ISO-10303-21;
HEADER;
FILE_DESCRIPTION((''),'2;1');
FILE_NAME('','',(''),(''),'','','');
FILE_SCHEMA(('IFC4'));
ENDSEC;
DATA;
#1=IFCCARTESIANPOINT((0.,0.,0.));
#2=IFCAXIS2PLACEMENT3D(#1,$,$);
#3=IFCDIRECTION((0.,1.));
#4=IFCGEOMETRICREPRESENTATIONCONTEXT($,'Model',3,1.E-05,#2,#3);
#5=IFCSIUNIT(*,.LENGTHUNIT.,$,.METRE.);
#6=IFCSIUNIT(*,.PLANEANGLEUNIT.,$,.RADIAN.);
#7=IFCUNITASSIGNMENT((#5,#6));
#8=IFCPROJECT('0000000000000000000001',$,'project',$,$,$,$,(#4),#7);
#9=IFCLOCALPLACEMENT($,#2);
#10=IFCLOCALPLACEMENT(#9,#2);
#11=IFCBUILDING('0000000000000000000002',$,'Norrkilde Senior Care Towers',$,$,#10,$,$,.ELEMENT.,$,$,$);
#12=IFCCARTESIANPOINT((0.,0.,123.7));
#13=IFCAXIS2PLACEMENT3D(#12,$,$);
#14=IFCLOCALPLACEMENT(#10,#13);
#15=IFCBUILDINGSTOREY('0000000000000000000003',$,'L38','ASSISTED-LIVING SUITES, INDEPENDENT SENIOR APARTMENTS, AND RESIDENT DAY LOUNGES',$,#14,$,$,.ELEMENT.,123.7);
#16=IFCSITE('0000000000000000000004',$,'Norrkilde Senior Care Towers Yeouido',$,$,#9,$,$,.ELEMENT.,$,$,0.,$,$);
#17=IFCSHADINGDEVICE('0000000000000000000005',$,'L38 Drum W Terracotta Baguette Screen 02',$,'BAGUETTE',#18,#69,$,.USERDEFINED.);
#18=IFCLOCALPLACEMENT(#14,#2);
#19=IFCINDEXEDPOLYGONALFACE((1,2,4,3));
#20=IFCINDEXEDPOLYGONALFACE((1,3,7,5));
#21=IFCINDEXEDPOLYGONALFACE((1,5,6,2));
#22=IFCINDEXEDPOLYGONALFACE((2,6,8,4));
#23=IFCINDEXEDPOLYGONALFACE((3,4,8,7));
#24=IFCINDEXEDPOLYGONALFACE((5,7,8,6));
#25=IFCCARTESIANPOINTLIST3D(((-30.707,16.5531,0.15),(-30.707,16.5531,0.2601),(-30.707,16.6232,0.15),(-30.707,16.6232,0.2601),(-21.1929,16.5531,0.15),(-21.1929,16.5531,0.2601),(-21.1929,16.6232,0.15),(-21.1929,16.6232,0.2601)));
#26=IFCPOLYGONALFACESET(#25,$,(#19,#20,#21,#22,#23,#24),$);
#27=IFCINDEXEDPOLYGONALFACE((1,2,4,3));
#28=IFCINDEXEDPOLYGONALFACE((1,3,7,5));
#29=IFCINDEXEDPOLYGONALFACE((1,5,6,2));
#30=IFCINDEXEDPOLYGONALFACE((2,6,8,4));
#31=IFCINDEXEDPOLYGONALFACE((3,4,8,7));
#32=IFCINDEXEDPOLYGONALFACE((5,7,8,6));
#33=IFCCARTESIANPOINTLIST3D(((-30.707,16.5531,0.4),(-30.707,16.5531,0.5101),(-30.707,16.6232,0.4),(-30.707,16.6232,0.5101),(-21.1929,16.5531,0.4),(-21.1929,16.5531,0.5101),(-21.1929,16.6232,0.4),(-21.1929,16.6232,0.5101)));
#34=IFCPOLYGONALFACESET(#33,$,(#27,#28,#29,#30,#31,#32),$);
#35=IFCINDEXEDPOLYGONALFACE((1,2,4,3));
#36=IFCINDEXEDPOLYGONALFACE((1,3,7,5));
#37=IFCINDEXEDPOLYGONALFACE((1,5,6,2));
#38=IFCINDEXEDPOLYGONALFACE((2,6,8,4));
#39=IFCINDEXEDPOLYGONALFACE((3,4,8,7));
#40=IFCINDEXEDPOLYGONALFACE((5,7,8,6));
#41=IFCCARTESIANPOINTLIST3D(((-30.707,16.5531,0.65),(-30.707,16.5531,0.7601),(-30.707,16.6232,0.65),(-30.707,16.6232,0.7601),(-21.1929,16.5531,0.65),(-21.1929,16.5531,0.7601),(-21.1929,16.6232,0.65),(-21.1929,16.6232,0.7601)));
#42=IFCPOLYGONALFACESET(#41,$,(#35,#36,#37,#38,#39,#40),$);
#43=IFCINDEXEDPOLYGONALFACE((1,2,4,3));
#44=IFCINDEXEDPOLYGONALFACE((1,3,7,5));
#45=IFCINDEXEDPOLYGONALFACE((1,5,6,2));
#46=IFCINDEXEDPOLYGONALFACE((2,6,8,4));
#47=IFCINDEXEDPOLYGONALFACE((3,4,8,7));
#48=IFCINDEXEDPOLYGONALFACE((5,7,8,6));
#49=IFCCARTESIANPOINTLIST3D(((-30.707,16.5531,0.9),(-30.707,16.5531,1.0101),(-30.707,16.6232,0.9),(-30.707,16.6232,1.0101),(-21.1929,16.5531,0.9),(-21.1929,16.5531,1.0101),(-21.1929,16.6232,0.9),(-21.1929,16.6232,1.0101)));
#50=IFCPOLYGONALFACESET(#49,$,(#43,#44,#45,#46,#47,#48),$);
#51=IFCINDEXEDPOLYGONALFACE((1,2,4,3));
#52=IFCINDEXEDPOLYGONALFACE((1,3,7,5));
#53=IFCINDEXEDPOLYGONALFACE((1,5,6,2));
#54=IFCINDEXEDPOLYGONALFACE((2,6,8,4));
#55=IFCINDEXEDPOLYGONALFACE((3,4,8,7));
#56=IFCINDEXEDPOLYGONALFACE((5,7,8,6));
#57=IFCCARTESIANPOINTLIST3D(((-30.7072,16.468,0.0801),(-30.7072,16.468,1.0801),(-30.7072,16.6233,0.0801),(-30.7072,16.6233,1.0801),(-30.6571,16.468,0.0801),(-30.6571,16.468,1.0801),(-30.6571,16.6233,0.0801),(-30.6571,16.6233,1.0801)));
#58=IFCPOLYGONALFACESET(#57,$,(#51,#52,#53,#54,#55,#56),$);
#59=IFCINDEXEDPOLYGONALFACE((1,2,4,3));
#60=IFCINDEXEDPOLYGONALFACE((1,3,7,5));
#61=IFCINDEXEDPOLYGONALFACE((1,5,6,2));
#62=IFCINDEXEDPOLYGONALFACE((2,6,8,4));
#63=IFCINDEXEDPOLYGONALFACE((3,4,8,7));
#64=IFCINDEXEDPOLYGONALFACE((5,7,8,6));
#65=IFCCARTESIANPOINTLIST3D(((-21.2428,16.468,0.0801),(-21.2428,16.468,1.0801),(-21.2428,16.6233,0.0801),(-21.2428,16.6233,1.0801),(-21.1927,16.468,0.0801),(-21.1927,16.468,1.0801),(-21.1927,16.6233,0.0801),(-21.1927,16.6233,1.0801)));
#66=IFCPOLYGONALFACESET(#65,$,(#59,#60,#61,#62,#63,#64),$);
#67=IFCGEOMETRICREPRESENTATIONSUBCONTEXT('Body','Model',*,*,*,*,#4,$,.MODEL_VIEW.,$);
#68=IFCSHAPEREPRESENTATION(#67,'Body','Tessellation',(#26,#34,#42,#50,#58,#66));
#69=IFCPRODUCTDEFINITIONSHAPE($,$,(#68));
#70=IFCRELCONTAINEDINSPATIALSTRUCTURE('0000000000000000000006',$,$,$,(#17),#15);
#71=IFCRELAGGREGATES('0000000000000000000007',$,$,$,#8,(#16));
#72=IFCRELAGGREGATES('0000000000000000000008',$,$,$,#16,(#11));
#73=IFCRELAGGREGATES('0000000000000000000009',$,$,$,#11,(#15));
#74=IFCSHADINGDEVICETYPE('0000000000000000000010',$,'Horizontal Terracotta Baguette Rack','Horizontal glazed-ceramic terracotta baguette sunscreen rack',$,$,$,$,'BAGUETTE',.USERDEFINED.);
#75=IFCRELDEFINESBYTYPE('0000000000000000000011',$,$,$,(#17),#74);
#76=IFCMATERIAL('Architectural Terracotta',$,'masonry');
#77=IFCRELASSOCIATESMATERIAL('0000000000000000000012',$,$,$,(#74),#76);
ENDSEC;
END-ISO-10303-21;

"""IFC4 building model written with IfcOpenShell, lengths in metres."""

from ifc_helpers import new_model, si_unit, direction, frame, origin, origin_2d, place, context, subcontext, project, spatial, rectangle, extrude, source, transform, mapped, material, type_object, type_shapes, element, save


model = new_model("IFC4")

# Units and contexts
model_context = context("Model", 3, precision=1e-05, world=origin(), true_north=direction((0.0, 1.0)))
body_context = subcontext(model_context, "Body", "Model", "MODEL_VIEW")
ifc_project = project(units=[si_unit("LENGTHUNIT", "METRE"), si_unit("PLANEANGLEUNIT", "RADIAN")], contexts=[model_context])

# Site, building, storey
site_placement = place(None, origin())
site = spatial("IfcSite", under=ifc_project, at=site_placement, Name="Norrkilde Senior Care Towers Yeouido", CompositionType="ELEMENT", RefElevation=0.0)
building_placement = place(site_placement, origin())
building = spatial("IfcBuilding", under=site, at=building_placement, Name="Norrkilde Senior Care Towers", CompositionType="ELEMENT")
storey_placement = place(building_placement, frame((0.0, 0.0, 123.7)))
storey = spatial("IfcBuildingStorey", under=building, at=storey_placement, Name="L38", Description="ASSISTED-LIVING SUITES, INDEPENDENT SENIOR APARTMENTS, AND RESIDENT DAY LOUNGES", CompositionType="ELEMENT", Elevation=123.7)

# Shading device
ifc_material_1 = material(Name="Architectural Terracotta", Category="masonry")
shading_device_type = type_object("IfcShadingDeviceType", Name="Horizontal Terracotta Baguette Rack", Description="Horizontal glazed-ceramic terracotta baguette sunscreen rack", ElementType="BAGUETTE", PredefinedType="USERDEFINED", material=ifc_material_1)
shared_shape_1 = source(origin(), body_context, "Body", "SweptSolid", [
    extrude(rectangle(XDim=0.0701, YDim=0.1101, at=origin_2d()), frame((0.0, 0.0901, 0.125), z_axis=(1.0, 0.0, 0.0), x_axis=(0.0, 1.0, 0.0)), (0.0, 0.0, 1.0), 9.5142),
    extrude(rectangle(XDim=0.0701, YDim=0.1101, at=origin_2d()), frame((0.0, 0.0901, 0.375), z_axis=(1.0, 0.0, 0.0), x_axis=(0.0, 1.0, 0.0)), (0.0, 0.0, 1.0), 9.5142),
    extrude(rectangle(XDim=0.0701, YDim=0.1101, at=origin_2d()), frame((0.0, 0.0901, 0.625), z_axis=(1.0, 0.0, 0.0), x_axis=(0.0, 1.0, 0.0)), (0.0, 0.0, 1.0), 9.5142),
    extrude(rectangle(XDim=0.0701, YDim=0.1101, at=origin_2d()), frame((0.0, 0.0901, 0.875), z_axis=(1.0, 0.0, 0.0), x_axis=(0.0, 1.0, 0.0)), (0.0, 0.0, 1.0), 9.5142),
    extrude(rectangle(XDim=0.05, YDim=0.1553, at=origin_2d()), frame((0.0249, 0.0476, 0.0)), (0.0, 0.0, 1.0), 1.0),
    extrude(rectangle(XDim=0.05, YDim=0.1553, at=origin_2d()), frame((9.4893, 0.0476, 0.0)), (0.0, 0.0, 1.0), 1.0),
])
type_shapes(shading_device_type, [shared_shape_1])
shading_device_placement = place(storey_placement, frame((-30.707, 16.498, 0.0801), z_axis=(0.0, 0.0, 1.0), x_axis=(1.0, 0.0, 0.0)))
element("IfcShadingDevice", 1, at=shading_device_placement, inside=storey, type_object=shading_device_type, Name="L38 Drum W Terracotta Baguette Screen 02", ObjectType="BAGUETTE", PredefinedType="USERDEFINED", context=body_context, shape_type="MappedRepresentation", body=[
    mapped(shared_shape_1, transform((0.0, 0.0, 0.0), x_axis=(1.0, 0.0, 0.0), y_axis=(0.0, 1.0, 0.0), z_axis=(0.0, 0.0, 1.0), scale=1.0)),
])

save(model, "model.ifc")
